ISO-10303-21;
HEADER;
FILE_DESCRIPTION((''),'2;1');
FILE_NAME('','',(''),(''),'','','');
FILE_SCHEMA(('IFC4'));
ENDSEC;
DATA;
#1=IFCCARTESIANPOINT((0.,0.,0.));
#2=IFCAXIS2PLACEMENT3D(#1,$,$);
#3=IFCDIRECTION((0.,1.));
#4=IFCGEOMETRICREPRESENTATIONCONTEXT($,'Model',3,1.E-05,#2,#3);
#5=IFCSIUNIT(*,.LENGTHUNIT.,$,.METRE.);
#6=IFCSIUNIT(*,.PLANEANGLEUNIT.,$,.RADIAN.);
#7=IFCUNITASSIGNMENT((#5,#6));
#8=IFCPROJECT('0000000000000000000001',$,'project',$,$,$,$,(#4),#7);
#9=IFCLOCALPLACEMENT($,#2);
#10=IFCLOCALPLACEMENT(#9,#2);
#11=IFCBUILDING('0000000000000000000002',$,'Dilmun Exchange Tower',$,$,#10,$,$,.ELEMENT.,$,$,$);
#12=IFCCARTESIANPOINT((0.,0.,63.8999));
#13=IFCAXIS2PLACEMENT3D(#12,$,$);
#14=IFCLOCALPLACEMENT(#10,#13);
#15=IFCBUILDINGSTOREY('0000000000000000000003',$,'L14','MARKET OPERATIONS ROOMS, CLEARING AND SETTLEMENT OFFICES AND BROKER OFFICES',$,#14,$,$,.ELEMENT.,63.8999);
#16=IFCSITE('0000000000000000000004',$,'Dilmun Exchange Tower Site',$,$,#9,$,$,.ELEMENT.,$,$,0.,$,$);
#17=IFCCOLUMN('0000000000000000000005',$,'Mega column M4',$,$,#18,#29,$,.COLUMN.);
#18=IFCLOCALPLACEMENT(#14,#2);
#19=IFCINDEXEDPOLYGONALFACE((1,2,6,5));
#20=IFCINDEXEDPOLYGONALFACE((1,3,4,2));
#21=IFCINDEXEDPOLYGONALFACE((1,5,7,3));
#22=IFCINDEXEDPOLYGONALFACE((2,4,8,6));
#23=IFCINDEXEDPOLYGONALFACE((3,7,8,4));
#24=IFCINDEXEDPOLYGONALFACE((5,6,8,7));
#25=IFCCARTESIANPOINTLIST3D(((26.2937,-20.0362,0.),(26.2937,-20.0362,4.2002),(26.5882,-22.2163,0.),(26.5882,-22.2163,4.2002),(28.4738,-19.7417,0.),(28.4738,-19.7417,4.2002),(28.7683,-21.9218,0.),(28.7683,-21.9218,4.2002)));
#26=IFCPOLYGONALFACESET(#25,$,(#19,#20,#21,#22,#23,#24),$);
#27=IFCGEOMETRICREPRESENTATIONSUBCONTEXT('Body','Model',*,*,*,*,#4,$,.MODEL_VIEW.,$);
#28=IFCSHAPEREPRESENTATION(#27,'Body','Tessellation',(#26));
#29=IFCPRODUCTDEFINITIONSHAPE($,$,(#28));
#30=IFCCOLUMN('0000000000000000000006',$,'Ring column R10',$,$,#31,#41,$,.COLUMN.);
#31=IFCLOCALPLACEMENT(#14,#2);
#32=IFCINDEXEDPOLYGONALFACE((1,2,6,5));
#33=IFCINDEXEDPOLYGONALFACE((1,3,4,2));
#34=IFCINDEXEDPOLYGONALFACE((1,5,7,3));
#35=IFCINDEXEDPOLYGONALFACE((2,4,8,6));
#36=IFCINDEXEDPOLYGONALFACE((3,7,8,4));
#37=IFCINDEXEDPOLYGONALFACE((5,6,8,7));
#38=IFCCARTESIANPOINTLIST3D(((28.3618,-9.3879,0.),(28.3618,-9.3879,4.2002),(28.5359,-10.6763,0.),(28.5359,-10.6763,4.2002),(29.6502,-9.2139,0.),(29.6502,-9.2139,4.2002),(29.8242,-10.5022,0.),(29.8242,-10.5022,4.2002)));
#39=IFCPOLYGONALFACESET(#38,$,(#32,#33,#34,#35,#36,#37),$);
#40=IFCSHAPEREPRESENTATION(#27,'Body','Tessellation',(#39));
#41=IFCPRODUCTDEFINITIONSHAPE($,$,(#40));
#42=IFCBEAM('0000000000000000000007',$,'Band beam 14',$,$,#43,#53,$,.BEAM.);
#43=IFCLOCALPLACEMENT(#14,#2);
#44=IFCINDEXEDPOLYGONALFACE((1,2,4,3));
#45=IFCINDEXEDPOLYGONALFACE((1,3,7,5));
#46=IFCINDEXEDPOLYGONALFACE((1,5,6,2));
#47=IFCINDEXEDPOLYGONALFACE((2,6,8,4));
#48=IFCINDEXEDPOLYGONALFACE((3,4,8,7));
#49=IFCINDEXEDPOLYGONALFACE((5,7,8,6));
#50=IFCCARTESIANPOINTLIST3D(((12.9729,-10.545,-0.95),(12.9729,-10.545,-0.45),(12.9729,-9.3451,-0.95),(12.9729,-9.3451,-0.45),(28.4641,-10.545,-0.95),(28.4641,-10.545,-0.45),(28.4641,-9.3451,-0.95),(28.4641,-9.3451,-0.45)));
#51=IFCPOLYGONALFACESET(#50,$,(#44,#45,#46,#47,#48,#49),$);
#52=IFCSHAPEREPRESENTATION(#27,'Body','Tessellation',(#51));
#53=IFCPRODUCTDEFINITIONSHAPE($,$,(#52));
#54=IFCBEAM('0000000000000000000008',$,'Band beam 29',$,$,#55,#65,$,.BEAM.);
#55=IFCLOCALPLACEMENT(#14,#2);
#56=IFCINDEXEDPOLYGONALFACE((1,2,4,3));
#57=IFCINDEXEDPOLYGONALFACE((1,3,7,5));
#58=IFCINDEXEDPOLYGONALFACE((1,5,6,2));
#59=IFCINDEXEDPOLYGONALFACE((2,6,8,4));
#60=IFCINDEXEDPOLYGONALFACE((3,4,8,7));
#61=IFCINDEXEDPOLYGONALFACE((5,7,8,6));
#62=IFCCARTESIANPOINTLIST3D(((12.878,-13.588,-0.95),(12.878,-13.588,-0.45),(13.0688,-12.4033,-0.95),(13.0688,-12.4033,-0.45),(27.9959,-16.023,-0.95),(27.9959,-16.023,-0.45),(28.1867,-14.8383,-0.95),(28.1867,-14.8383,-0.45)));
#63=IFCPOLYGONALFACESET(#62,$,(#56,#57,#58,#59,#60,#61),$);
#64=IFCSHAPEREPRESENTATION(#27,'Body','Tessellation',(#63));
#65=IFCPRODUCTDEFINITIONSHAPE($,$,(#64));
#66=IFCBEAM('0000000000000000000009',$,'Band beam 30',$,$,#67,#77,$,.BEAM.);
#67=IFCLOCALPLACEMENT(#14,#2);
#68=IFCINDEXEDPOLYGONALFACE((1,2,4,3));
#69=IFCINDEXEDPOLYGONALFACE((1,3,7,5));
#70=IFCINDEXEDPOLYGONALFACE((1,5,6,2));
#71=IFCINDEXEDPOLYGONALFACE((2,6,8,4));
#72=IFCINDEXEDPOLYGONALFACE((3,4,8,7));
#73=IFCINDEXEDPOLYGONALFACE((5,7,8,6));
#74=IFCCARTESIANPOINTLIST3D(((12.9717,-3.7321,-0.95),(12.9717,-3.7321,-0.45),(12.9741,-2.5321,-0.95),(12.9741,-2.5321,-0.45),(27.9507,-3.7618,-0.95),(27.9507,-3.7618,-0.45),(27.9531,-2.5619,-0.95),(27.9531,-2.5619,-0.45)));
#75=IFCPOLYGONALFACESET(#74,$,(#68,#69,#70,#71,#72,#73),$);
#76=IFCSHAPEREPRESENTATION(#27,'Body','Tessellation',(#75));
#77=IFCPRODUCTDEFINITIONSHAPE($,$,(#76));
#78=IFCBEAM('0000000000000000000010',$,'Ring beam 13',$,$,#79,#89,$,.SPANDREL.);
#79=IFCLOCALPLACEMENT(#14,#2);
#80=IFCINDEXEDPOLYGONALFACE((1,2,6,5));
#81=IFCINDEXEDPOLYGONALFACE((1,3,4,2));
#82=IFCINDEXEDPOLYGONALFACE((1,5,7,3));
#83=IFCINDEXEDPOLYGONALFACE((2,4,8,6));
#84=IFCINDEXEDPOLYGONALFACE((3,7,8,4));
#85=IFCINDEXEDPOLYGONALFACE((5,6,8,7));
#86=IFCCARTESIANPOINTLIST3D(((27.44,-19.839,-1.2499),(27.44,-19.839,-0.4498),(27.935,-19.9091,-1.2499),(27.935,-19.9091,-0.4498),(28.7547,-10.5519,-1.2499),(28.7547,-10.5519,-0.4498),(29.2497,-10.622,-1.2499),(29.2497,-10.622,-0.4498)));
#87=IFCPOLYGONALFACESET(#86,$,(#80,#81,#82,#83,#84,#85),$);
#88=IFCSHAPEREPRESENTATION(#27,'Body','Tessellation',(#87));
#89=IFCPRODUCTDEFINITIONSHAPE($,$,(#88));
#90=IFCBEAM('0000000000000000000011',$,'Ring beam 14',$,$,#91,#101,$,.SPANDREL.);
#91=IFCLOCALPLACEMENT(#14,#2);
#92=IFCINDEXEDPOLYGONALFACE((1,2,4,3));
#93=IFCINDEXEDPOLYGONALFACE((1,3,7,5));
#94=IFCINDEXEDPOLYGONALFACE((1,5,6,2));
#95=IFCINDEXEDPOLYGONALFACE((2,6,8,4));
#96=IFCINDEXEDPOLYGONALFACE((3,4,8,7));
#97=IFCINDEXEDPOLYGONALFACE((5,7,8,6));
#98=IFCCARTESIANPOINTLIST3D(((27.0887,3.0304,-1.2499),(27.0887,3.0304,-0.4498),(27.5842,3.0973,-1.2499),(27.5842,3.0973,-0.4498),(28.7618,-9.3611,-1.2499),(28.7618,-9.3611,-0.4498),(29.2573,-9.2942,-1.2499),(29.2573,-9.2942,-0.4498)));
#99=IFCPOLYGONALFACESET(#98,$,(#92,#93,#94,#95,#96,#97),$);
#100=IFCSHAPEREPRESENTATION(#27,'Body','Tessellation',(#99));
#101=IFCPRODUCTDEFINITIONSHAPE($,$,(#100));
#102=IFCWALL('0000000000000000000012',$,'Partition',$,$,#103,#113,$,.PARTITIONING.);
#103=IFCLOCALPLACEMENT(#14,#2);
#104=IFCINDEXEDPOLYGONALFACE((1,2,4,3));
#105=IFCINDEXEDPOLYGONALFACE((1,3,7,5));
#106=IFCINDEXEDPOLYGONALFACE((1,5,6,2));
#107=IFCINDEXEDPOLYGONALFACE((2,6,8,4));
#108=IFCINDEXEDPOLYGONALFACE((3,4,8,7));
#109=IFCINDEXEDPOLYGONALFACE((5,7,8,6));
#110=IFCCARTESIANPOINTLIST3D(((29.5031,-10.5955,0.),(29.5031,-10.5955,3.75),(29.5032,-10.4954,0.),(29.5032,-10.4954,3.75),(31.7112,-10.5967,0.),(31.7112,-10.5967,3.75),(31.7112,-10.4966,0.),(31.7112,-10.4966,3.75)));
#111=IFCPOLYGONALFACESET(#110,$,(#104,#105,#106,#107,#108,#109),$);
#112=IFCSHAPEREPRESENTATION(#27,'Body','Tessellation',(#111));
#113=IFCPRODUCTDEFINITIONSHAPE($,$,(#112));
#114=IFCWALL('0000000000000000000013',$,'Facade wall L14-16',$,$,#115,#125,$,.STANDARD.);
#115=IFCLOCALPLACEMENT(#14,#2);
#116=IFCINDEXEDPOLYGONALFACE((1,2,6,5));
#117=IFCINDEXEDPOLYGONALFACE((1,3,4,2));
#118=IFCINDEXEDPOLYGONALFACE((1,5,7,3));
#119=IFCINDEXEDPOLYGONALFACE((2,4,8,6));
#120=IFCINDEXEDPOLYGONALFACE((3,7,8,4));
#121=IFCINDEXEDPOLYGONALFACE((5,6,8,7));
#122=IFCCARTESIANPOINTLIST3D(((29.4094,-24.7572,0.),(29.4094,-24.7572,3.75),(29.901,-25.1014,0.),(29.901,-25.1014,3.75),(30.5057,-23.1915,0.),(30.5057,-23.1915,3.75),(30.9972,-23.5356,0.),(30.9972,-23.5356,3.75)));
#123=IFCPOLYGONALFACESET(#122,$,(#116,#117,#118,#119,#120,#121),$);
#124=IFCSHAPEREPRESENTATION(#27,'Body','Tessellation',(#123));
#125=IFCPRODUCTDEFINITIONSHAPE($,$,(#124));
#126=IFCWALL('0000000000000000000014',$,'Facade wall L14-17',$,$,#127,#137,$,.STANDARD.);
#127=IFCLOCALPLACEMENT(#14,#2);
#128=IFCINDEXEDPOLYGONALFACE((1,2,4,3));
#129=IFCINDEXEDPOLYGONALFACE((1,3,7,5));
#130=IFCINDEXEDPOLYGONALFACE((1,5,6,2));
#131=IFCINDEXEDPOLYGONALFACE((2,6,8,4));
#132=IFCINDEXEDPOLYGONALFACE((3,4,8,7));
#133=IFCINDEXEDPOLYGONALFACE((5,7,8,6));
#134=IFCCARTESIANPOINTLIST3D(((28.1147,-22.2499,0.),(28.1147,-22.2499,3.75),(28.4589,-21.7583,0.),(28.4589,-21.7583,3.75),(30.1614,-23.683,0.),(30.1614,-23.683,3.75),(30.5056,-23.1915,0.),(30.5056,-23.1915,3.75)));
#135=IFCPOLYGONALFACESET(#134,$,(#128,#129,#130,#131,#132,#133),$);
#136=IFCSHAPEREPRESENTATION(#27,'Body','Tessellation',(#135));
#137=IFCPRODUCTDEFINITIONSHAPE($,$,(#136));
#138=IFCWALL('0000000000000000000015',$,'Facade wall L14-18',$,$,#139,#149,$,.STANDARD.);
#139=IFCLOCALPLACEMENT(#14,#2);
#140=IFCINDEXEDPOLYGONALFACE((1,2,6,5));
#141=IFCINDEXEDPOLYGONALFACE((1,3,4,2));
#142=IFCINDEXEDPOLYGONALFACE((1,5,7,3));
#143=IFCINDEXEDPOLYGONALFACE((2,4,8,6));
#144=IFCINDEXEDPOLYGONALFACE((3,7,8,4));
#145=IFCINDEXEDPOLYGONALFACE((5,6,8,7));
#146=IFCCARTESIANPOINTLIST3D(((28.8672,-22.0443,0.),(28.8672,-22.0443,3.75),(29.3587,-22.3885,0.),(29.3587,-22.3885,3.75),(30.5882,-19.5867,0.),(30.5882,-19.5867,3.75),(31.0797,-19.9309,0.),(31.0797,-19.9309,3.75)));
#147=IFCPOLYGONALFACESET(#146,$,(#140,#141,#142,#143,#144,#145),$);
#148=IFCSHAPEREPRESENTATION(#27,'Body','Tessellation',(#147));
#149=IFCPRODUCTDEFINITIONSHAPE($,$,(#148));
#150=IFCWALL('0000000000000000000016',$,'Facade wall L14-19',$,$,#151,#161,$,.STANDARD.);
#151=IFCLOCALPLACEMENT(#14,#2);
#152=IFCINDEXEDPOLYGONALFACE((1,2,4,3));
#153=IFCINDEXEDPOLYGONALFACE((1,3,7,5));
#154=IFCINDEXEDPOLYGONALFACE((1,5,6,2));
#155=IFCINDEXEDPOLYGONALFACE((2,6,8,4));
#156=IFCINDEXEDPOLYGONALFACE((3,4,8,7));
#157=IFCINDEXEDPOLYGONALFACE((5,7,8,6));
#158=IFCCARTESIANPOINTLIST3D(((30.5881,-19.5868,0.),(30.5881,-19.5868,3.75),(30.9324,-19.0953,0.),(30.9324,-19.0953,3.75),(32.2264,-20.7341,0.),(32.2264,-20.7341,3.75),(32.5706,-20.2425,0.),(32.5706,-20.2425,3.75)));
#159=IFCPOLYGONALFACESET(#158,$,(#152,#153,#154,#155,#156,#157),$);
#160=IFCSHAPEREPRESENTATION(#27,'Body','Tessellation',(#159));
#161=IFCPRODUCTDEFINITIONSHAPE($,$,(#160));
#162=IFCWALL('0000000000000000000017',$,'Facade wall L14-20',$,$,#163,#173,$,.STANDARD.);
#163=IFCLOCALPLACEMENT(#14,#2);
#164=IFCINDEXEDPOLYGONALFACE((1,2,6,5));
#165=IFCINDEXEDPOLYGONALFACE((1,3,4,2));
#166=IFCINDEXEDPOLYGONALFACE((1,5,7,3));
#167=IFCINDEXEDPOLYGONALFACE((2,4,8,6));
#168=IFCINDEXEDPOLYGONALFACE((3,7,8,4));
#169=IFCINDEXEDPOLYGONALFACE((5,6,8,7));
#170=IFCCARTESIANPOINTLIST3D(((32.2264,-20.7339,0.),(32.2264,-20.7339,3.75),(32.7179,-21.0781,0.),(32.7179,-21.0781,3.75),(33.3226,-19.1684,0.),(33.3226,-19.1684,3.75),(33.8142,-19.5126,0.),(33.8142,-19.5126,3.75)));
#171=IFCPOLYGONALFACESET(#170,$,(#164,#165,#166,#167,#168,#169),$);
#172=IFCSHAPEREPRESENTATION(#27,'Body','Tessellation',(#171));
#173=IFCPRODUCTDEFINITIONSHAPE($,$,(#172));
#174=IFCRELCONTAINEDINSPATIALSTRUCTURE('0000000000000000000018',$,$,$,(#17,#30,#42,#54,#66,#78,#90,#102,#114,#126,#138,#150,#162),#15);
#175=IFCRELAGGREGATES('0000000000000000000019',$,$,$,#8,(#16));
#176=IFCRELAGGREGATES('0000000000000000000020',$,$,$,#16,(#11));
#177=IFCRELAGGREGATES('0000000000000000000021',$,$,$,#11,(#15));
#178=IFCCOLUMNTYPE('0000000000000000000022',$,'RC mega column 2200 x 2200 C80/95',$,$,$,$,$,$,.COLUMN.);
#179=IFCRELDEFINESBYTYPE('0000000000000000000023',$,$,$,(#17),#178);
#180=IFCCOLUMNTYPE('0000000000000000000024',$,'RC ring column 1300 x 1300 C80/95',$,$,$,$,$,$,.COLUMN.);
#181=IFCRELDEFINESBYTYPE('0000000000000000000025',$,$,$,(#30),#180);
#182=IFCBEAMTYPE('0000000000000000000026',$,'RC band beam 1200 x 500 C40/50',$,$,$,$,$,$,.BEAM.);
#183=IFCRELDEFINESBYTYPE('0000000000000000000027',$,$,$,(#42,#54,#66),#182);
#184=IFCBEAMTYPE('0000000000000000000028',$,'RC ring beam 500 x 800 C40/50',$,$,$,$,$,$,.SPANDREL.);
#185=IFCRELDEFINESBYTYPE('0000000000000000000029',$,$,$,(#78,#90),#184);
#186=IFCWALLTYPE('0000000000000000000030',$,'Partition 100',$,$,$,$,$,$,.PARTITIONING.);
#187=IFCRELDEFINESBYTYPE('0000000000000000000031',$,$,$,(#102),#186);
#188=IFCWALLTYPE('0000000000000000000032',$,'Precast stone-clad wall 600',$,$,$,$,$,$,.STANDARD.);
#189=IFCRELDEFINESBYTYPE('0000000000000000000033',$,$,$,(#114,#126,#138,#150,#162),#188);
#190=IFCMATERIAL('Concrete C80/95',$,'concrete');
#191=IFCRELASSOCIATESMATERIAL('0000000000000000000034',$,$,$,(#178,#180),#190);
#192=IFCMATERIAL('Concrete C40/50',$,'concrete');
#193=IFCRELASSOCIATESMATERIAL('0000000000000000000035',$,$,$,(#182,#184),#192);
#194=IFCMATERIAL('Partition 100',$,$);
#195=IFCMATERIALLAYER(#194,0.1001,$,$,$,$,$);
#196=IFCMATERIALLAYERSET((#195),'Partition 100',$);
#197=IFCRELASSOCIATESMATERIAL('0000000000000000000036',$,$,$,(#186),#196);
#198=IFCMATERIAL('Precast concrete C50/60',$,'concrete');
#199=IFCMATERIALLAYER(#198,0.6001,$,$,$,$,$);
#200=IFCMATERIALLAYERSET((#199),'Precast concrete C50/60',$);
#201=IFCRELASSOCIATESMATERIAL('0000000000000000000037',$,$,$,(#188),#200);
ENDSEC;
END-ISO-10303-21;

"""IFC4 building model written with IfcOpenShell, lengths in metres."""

from ifc_helpers import new_model, si_unit, direction, frame, frame_2d, origin, origin_2d, place, context, subcontext, project, spatial, rectangle, extrude, material, layer, layer_set, material_profile, profile_set, type_object, element, save


model = new_model("IFC4")

# Units and contexts
model_context = context("Model", 3, precision=1e-05, world=origin(), true_north=direction((0.0, 1.0)))
body_context = subcontext(model_context, "Body", "Model", "MODEL_VIEW")
ifc_project = project(units=[si_unit("LENGTHUNIT", "METRE"), si_unit("PLANEANGLEUNIT", "RADIAN")], contexts=[model_context])

# Site, building, storey
site_placement = place(None, origin())
site = spatial("IfcSite", under=ifc_project, at=site_placement, Name="Dilmun Exchange Tower Site", CompositionType="ELEMENT", RefElevation=0.0)
building_placement = place(site_placement, origin())
building = spatial("IfcBuilding", under=site, at=building_placement, Name="Dilmun Exchange Tower", CompositionType="ELEMENT")
storey_placement = place(building_placement, frame((0.0, 0.0, 63.8999)))
storey = spatial("IfcBuildingStorey", under=building, at=storey_placement, Name="L14", Description="MARKET OPERATIONS ROOMS, CLEARING AND SETTLEMENT OFFICES AND BROKER OFFICES", CompositionType="ELEMENT", Elevation=63.8999)

# Columns
ifc_material_1 = material(Name="Concrete C80/95", Category="concrete")
ifc_material_profile_1 = material_profile(ifc_material_1, rectangle(XDim=2.2, YDim=2.2, at=origin_2d()), Name="2200 x 2200")
ifc_profile_set_1 = profile_set([ifc_material_profile_1], Name="Concrete C80/95")
column_type_1 = type_object("IfcColumnType", Name="RC mega column 2200 x 2200 C80/95", PredefinedType="COLUMN", material=ifc_profile_set_1)
column_1_placement = place(storey_placement, frame((27.531, -20.979, 0.0), z_axis=(0.0, 0.0, 1.0), x_axis=(0.991001, 0.133853, 0.0)))
element("IfcColumn", 1, at=column_1_placement, inside=storey, type_object=column_type_1, Name="Mega column M4", PredefinedType="COLUMN", context=body_context, shape_type="SweptSolid", body=[
    extrude(rectangle(XDim=2.2, YDim=2.2, at=origin_2d()), origin(), (0.0, 0.0, 1.0), 4.2002),
])
ifc_material_profile_2 = material_profile(ifc_material_1, rectangle(XDim=1.3, YDim=1.3, at=origin_2d()), Name="1300 x 1300")
ifc_profile_set_2 = profile_set([ifc_material_profile_2], Name="Concrete C80/95")
column_type_2 = type_object("IfcColumnType", Name="RC ring column 1300 x 1300 C80/95", PredefinedType="COLUMN", material=ifc_profile_set_2)
column_2_placement = place(storey_placement, frame((29.093, -9.9451, 0.0), z_axis=(0.0, 0.0, 1.0), x_axis=(0.991001, 0.133853, 0.0)))
element("IfcColumn", 2, at=column_2_placement, inside=storey, type_object=column_type_2, Name="Ring column R10", PredefinedType="COLUMN", context=body_context, shape_type="SweptSolid", body=[
    extrude(rectangle(XDim=1.3, YDim=1.3, at=origin_2d()), origin(), (0.0, 0.0, 1.0), 4.2002),
])

# Beams
ifc_material_2 = material(Name="Concrete C40/50", Category="concrete")
ifc_material_profile_3 = material_profile(ifc_material_2, rectangle(XDim=1.2, YDim=0.5, at=origin_2d()), Name="1200 x 500")
ifc_profile_set_3 = profile_set([ifc_material_profile_3], Name="Concrete C40/50")
beam_type_1 = type_object("IfcBeamType", Name="RC band beam 1200 x 500 C40/50", PredefinedType="BEAM", material=ifc_profile_set_3)
beam_1_placement = place(storey_placement, frame((28.4641, -9.9451, -0.7), z_axis=(-1.0, 0.0, 0.0), x_axis=(0.0, -1.0, 0.0)))
element("IfcBeam", 3, at=beam_1_placement, inside=storey, type_object=beam_type_1, Name="Band beam 14", PredefinedType="BEAM", context=body_context, shape_type="SweptSolid", body=[
    extrude(rectangle(XDim=1.2, YDim=0.5, at=origin_2d()), origin(), (0.0, 0.0, 1.0), 15.4912),
])
beam_2_placement = place(storey_placement, frame((28.0913, -15.4307, -0.7), z_axis=(-0.987275, 0.159021, 0.0), x_axis=(-0.159021, -0.987275, 0.0)))
element("IfcBeam", 4, at=beam_2_placement, inside=storey, type_object=beam_type_1, Name="Band beam 29", PredefinedType="BEAM", context=body_context, shape_type="SweptSolid", body=[
    extrude(rectangle(XDim=1.2, YDim=0.5, at=origin_2d()), origin(), (0.0, 0.0, 1.0), 15.3127),
])
beam_3_placement = place(storey_placement, frame((27.9519, -3.1619, -0.7), z_axis=(-0.999998, 0.001988, 0.0), x_axis=(-0.001988, -0.999998, 0.0)))
element("IfcBeam", 5, at=beam_3_placement, inside=storey, type_object=beam_type_1, Name="Band beam 30", PredefinedType="BEAM", context=body_context, shape_type="SweptSolid", body=[
    extrude(rectangle(XDim=1.2, YDim=0.5, at=origin_2d()), origin(), (0.0, 0.0, 1.0), 14.979),
])
ifc_material_profile_4 = material_profile(ifc_material_2, rectangle(XDim=0.5, YDim=0.8, at=origin_2d()), Name="500 x 800")
ifc_profile_set_4 = profile_set([ifc_material_profile_4], Name="Concrete C40/50")
beam_type_2 = type_object("IfcBeamType", Name="RC ring beam 500 x 800 C40/50", PredefinedType="SPANDREL", material=ifc_profile_set_4)
beam_4_placement = place(storey_placement, frame((27.6875, -19.874, -0.8499), z_axis=(0.140164, 0.990128, 0.0), x_axis=(-0.990128, 0.140164, 0.0)))
element("IfcBeam", 6, at=beam_4_placement, inside=storey, type_object=beam_type_2, Name="Ring beam 13", PredefinedType="SPANDREL", context=body_context, shape_type="SweptSolid", body=[
    extrude(rectangle(XDim=0.5, YDim=0.8, at=origin_2d()), origin(), (0.0, 0.0, 1.0), 9.3796),
])
beam_5_placement = place(storey_placement, frame((29.0095, -9.3276, -0.8499), z_axis=(-0.133807, 0.991007, 0.0), x_axis=(-0.991007, -0.133807, 0.0)))
element("IfcBeam", 7, at=beam_5_placement, inside=storey, type_object=beam_type_2, Name="Ring beam 14", PredefinedType="SPANDREL", context=body_context, shape_type="SweptSolid", body=[
    extrude(rectangle(XDim=0.5, YDim=0.8, at=origin_2d()), origin(), (0.0, 0.0, 1.0), 12.5039),
])

# Walls
ifc_material_3 = material(Name="Partition 100")
ifc_layer_1 = layer(ifc_material_3, 0.1001)
ifc_layer_set_1 = layer_set([ifc_layer_1], Name="Partition 100")
wall_type_1 = type_object("IfcWallType", Name="Partition 100", PredefinedType="PARTITIONING", material=ifc_layer_set_1)
wall_1_placement = place(storey_placement, frame((29.5032, -10.5454, 0.0), z_axis=(0.0, 0.0, 1.0), x_axis=(1.0, -0.000553, 0.0)))
element("IfcWall", 8, at=wall_1_placement, inside=storey, type_object=wall_type_1, Name="Partition", PredefinedType="PARTITIONING", context=body_context, shape_type="SweptSolid", body=[
    extrude(rectangle(XDim=2.208, YDim=0.1001, at=frame_2d((1.104, 0.0))), origin(), (0.0, 0.0, 1.0), 3.75),
])
ifc_material_4 = material(Name="Precast concrete C50/60", Category="concrete")
ifc_layer_2 = layer(ifc_material_4, 0.6001)
ifc_layer_set_2 = layer_set([ifc_layer_2], Name="Precast concrete C50/60")
wall_type_2 = type_object("IfcWallType", Name="Precast stone-clad wall 600", PredefinedType="STANDARD", material=ifc_layer_set_2)
wall_2_placement = place(storey_placement, frame((29.6553, -24.9292, 0.0), z_axis=(0.0, 0.0, 1.0), x_axis=(0.573539, 0.819178, 0.0)))
element("IfcWall", 9, at=wall_2_placement, inside=storey, type_object=wall_type_2, Name="Facade wall L14-16", PredefinedType="STANDARD", context=body_context, shape_type="SweptSolid", body=[
    extrude(rectangle(XDim=1.9114, YDim=0.6001, at=frame_2d((0.9556, 0.0))), origin(), (0.0, 0.0, 1.0), 3.75),
])
wall_3_placement = place(storey_placement, frame((30.3335, -23.4373, 0.0), z_axis=(0.0, 0.0, 1.0), x_axis=(-0.819145, 0.573587, 0.0)))
element("IfcWall", 10, at=wall_3_placement, inside=storey, type_object=wall_type_2, Name="Facade wall L14-17", PredefinedType="STANDARD", context=body_context, shape_type="SweptSolid", body=[
    extrude(rectangle(XDim=2.4985, YDim=0.6001, at=frame_2d((1.2493, 0.0))), origin(), (0.0, 0.0, 1.0), 3.75),
])
wall_4_placement = place(storey_placement, frame((29.113, -22.2163, 0.0), z_axis=(0.0, 0.0, 1.0), x_axis=(0.573615, 0.819125, 0.0)))
element("IfcWall", 11, at=wall_4_placement, inside=storey, type_object=wall_type_2, Name="Facade wall L14-18", PredefinedType="STANDARD", context=body_context, shape_type="SweptSolid", body=[
    extrude(rectangle(XDim=3.0002, YDim=0.6001, at=frame_2d((1.5, 0.0))), origin(), (0.0, 0.0, 1.0), 3.75),
])
wall_5_placement = place(storey_placement, frame((30.7603, -19.3411, 0.0), z_axis=(0.0, 0.0, 1.0), x_axis=(0.819117, -0.573626, 0.0)))
element("IfcWall", 12, at=wall_5_placement, inside=storey, type_object=wall_type_2, Name="Facade wall L14-19", PredefinedType="STANDARD", context=body_context, shape_type="SweptSolid", body=[
    extrude(rectangle(XDim=2.0, YDim=0.6001, at=frame_2d((1.0, 0.0))), origin(), (0.0, 0.0, 1.0), 3.75),
])
wall_6_placement = place(storey_placement, frame((32.4722, -20.906, 0.0), z_axis=(0.0, 0.0, 1.0), x_axis=(0.5736, 0.819136, 0.0)))
element("IfcWall", 13, at=wall_6_placement, inside=storey, type_object=wall_type_2, Name="Facade wall L14-20", PredefinedType="STANDARD", context=body_context, shape_type="SweptSolid", body=[
    extrude(rectangle(XDim=1.9111, YDim=0.6001, at=frame_2d((0.9556, 0.0))), origin(), (0.0, 0.0, 1.0), 3.75),
])

save(model, "model.ifc")
